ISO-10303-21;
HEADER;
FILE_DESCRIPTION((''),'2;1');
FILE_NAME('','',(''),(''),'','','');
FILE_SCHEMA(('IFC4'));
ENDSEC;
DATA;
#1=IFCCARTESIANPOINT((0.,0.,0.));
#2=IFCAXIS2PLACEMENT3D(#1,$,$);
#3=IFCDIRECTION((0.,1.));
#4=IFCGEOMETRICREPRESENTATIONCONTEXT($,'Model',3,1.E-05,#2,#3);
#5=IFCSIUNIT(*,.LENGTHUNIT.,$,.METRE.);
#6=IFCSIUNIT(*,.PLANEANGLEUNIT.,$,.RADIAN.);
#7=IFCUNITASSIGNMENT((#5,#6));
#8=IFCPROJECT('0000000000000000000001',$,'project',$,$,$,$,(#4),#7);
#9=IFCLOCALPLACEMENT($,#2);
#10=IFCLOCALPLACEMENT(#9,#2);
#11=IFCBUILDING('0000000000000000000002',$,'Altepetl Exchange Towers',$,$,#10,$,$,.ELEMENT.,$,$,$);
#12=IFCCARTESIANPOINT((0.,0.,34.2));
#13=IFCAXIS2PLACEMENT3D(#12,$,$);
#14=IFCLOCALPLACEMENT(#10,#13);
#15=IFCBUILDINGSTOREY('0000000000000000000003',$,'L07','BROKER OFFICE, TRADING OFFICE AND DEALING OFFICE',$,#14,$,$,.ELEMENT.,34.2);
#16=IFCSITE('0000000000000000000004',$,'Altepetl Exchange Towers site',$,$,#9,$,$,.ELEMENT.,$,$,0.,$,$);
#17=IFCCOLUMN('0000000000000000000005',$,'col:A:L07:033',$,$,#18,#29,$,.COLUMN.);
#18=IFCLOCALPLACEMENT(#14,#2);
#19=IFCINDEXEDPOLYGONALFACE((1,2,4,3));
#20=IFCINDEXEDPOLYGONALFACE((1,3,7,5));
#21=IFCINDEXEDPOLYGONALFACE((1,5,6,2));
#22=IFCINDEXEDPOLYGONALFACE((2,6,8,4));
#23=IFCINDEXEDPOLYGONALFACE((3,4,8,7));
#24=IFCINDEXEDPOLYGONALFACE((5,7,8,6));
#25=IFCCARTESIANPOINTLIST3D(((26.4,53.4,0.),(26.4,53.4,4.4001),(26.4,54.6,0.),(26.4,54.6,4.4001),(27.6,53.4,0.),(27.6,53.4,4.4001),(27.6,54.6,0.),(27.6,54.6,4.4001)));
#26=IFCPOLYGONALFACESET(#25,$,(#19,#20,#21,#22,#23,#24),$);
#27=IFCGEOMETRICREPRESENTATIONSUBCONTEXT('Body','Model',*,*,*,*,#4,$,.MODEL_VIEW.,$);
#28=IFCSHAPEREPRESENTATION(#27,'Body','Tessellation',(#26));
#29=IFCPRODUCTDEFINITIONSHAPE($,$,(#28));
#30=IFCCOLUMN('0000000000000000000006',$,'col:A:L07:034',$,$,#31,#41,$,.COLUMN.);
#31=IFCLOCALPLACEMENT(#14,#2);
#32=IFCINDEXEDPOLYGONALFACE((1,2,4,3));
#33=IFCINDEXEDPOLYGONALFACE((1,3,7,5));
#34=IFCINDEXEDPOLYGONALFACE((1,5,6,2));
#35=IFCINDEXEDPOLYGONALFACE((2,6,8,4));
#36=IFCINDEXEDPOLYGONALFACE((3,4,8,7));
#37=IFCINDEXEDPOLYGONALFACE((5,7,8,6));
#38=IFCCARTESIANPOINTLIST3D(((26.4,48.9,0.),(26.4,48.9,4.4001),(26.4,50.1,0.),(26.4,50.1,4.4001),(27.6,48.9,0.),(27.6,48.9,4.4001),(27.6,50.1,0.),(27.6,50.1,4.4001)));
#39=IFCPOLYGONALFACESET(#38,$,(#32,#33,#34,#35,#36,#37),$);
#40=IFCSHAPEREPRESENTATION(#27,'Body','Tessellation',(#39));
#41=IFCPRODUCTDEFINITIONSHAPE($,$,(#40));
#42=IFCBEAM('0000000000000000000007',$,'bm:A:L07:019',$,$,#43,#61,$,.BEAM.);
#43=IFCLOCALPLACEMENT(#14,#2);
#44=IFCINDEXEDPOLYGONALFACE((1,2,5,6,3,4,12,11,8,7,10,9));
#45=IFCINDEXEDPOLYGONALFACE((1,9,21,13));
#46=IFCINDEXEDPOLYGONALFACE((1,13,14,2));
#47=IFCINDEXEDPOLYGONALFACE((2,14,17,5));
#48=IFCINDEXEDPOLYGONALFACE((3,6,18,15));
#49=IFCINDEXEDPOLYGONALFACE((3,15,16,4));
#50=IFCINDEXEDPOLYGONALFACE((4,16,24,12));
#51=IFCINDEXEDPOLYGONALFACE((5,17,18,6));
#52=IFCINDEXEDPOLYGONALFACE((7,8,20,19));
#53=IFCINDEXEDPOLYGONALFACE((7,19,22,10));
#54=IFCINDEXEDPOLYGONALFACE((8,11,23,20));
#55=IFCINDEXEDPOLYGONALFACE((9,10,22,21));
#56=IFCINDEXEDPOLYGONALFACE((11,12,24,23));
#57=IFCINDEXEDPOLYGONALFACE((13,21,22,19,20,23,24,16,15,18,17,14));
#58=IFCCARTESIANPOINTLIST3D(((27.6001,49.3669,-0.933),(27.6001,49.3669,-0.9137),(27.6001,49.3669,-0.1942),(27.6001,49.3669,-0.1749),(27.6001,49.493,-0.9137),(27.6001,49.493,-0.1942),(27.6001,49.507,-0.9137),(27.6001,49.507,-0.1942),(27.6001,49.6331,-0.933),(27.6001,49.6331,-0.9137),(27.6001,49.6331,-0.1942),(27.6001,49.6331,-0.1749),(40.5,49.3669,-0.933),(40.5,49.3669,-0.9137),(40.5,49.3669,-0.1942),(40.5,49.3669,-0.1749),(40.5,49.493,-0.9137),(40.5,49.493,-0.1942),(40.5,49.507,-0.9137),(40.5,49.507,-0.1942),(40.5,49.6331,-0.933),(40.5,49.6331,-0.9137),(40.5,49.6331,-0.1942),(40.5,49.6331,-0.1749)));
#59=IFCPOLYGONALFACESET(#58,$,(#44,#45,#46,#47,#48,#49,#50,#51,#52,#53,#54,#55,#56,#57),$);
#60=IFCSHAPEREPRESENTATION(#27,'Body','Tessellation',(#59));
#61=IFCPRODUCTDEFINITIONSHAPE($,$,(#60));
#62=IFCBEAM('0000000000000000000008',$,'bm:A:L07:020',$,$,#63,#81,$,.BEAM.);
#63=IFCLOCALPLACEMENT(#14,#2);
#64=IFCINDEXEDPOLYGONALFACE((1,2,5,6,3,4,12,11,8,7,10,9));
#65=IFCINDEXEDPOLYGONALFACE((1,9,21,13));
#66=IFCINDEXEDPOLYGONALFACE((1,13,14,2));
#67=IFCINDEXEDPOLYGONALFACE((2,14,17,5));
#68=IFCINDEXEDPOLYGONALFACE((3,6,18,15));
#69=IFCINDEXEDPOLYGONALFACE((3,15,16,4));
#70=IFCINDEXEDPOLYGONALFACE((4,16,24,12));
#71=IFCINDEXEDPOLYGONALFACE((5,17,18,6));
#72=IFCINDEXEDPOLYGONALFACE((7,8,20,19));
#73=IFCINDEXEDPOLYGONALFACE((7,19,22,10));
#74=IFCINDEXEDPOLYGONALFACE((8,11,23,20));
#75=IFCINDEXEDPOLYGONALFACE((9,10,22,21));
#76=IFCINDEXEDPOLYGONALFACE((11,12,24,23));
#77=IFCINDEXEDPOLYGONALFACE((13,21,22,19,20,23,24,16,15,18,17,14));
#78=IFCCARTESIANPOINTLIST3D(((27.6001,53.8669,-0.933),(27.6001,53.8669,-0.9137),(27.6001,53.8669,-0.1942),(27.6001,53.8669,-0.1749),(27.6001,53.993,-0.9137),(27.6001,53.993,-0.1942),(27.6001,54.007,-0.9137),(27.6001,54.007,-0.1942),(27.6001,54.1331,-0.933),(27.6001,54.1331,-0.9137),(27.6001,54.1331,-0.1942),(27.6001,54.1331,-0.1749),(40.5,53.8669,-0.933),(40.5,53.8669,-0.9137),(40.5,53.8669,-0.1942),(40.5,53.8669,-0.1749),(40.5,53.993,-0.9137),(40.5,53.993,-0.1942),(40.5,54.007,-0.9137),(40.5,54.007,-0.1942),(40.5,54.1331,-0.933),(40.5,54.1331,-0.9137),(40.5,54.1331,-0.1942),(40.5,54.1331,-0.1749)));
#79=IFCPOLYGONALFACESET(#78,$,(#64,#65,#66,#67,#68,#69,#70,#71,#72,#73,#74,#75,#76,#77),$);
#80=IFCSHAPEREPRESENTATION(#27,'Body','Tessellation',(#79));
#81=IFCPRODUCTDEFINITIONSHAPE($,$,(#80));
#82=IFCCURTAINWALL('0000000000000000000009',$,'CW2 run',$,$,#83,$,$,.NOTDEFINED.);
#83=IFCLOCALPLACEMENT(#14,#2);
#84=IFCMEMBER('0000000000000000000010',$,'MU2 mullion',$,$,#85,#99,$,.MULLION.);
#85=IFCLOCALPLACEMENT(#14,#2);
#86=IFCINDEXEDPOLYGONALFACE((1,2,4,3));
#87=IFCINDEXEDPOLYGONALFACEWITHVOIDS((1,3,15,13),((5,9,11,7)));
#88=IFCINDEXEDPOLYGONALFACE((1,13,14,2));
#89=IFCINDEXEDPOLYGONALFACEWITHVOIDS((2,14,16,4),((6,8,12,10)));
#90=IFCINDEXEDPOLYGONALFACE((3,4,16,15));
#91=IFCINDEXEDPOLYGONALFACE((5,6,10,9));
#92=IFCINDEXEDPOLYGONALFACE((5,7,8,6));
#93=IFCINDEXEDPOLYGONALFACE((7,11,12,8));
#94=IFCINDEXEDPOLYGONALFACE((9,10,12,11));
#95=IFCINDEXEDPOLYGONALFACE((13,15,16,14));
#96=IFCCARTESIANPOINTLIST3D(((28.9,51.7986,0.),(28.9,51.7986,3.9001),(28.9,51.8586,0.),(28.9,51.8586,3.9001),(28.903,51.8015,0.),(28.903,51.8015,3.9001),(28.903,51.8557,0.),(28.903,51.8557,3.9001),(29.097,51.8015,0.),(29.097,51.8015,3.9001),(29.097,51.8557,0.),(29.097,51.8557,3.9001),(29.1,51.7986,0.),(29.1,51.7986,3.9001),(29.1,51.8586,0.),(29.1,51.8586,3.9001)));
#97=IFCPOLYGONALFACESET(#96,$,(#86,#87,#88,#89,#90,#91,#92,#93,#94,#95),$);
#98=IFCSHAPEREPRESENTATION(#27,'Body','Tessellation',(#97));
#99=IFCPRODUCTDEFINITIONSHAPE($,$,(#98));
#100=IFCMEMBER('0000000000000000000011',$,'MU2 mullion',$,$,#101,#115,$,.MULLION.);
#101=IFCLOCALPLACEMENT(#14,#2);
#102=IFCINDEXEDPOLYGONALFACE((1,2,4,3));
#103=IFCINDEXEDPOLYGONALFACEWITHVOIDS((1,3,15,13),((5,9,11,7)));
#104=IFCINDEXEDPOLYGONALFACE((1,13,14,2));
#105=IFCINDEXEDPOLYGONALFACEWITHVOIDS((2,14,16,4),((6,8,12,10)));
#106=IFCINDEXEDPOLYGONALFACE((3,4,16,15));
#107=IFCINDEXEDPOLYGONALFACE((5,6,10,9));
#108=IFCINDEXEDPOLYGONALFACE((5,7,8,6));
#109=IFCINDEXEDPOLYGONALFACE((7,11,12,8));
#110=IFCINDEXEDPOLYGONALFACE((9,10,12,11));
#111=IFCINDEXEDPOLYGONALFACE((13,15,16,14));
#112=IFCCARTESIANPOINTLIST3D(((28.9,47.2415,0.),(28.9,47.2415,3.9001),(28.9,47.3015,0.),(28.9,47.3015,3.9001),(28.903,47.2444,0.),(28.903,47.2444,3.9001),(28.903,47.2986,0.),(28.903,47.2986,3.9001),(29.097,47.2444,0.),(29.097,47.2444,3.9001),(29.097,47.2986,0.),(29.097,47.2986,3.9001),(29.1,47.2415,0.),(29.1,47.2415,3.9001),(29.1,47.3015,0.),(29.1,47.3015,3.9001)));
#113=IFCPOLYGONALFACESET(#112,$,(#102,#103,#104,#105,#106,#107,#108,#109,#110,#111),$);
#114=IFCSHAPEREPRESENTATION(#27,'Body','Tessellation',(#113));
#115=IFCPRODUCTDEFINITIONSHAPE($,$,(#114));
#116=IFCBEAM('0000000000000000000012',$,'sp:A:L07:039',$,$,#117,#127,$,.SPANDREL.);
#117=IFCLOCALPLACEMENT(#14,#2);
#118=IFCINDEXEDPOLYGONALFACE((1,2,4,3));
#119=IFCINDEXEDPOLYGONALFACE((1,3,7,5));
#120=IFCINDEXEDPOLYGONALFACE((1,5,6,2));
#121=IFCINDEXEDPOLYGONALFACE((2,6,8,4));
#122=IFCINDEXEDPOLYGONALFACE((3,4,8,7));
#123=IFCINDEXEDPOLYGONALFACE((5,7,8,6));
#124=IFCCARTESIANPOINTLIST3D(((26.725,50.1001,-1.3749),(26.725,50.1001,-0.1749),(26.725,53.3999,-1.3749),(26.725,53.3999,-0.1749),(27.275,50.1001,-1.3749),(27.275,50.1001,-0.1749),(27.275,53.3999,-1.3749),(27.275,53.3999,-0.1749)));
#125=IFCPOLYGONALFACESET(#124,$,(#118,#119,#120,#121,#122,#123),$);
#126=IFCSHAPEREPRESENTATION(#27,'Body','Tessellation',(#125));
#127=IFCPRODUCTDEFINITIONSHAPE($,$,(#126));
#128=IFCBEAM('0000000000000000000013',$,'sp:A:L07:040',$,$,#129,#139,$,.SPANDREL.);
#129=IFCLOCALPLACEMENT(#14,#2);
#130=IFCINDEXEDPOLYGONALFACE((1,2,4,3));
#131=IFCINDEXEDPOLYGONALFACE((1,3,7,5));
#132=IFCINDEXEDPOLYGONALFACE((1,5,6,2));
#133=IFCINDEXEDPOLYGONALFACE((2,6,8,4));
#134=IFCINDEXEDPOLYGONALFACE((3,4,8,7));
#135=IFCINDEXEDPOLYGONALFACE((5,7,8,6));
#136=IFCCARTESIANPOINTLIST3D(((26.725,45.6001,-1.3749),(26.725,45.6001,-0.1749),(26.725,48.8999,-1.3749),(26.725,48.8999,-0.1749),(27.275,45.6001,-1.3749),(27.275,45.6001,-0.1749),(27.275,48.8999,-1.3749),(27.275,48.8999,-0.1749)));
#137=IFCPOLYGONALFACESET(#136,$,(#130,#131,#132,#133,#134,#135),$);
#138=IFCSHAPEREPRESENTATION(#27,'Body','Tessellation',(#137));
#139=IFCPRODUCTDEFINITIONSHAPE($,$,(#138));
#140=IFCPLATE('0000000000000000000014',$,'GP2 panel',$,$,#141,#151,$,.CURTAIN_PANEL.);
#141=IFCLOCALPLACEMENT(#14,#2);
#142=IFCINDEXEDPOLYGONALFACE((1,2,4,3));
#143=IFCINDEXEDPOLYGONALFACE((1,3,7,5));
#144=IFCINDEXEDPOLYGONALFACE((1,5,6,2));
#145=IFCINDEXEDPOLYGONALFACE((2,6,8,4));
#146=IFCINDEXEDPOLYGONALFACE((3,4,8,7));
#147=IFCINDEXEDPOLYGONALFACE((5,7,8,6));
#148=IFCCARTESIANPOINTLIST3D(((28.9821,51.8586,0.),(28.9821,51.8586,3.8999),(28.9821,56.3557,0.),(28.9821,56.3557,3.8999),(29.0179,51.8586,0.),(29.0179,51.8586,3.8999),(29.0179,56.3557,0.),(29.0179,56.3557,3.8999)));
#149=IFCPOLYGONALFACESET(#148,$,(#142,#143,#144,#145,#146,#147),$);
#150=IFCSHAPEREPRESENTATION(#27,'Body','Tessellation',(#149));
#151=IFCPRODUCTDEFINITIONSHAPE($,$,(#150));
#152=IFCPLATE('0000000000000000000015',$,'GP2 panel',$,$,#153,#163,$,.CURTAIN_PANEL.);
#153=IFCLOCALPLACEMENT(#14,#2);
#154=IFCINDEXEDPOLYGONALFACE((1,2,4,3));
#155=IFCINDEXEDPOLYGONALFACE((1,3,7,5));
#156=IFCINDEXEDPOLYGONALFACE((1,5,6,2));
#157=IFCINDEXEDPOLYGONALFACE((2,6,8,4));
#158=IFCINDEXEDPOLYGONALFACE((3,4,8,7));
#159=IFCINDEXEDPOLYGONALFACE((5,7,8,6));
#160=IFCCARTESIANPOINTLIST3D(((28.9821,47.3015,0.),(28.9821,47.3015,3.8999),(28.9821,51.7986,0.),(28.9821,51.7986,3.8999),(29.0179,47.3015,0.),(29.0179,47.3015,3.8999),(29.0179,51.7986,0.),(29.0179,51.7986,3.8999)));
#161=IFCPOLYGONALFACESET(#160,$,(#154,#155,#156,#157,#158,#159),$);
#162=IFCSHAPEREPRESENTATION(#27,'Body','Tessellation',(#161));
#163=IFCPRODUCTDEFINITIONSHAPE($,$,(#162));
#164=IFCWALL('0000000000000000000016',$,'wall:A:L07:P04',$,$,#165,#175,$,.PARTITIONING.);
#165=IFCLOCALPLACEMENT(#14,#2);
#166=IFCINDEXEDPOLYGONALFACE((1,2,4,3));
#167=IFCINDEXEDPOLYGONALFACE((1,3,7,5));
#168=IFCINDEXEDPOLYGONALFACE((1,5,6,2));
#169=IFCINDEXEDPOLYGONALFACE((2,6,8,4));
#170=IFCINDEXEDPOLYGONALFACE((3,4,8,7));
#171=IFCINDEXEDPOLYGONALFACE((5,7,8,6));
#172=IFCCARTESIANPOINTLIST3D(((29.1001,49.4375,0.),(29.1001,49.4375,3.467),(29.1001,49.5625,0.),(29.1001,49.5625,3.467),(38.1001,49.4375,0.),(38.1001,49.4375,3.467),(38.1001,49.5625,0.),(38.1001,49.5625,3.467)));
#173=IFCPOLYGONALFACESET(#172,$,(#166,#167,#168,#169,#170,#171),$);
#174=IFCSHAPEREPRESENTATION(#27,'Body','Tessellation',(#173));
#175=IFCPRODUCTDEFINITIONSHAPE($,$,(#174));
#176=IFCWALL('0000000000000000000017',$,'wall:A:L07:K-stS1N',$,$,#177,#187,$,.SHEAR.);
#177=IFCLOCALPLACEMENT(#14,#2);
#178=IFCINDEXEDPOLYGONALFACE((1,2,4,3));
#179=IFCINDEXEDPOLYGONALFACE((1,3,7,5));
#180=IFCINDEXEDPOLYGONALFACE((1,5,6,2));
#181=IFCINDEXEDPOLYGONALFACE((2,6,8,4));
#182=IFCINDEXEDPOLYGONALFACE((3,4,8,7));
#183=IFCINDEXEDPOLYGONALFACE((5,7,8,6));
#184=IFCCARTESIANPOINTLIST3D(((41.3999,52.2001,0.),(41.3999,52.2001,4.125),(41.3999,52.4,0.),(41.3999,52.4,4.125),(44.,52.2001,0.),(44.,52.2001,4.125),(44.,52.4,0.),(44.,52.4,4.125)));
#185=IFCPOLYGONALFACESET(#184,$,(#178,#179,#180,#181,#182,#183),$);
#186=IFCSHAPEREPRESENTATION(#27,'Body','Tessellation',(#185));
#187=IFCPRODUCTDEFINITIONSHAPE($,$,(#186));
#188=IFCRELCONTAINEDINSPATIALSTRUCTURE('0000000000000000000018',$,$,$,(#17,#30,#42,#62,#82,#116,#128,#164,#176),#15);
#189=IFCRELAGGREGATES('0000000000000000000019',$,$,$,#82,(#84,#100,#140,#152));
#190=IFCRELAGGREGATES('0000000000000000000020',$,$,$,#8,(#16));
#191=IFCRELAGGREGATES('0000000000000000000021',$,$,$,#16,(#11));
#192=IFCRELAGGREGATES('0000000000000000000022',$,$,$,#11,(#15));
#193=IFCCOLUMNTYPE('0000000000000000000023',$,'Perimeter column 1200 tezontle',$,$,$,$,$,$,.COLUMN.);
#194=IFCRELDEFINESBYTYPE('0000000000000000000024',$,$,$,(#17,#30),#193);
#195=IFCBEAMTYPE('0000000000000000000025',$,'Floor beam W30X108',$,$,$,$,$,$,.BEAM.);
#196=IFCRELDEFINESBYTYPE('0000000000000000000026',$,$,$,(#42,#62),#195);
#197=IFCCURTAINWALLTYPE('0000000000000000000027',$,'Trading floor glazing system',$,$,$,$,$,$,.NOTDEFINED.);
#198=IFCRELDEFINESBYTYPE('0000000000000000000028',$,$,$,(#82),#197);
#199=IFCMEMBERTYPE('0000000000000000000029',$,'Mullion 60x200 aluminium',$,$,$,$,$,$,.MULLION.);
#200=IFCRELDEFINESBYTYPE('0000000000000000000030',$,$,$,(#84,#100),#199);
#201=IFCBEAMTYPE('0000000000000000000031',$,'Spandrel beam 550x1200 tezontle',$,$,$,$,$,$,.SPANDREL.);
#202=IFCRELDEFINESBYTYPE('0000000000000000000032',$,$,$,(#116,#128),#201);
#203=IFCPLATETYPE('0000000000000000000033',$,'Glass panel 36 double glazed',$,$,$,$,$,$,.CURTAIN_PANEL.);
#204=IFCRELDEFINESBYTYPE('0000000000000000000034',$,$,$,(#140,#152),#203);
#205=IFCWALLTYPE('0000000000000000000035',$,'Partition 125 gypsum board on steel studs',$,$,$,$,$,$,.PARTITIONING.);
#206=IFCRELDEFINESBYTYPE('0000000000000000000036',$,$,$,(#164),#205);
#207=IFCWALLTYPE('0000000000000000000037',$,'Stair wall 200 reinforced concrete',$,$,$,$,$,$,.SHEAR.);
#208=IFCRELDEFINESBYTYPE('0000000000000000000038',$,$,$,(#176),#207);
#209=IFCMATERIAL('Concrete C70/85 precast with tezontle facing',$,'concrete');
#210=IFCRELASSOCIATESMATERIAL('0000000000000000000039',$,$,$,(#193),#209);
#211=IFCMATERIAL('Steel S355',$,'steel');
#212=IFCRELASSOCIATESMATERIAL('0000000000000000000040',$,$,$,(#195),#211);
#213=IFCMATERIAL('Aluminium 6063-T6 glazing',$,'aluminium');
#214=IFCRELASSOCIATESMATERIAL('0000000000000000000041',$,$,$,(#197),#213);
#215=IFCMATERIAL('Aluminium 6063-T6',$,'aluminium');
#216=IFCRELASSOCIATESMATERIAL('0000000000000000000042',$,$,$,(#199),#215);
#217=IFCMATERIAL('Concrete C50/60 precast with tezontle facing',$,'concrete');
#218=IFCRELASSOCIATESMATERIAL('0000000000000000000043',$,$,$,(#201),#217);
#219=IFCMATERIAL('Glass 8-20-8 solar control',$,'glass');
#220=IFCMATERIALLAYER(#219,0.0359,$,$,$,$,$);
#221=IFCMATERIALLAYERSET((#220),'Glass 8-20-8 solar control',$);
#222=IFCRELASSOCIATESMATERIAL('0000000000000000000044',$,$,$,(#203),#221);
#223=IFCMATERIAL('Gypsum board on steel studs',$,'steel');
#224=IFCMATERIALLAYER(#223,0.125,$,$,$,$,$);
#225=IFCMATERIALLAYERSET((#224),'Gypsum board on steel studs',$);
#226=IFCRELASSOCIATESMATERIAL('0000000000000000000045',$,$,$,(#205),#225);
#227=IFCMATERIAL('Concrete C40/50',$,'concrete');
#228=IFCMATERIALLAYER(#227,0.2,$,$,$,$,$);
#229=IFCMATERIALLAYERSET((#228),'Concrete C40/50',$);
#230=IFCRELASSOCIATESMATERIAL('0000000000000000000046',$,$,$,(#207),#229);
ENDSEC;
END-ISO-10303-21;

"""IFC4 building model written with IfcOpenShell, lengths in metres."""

from ifc_helpers import new_model, si_unit, direction, frame, frame_2d, origin, origin_2d, place, context, subcontext, project, spatial, rectangle, hollow_rectangle, i_section, extrude, material, layer, layer_set, material_profile, profile_set, type_object, element, aggregate, save


model = new_model("IFC4")

# Units and contexts
model_context = context("Model", 3, precision=1e-05, world=origin(), true_north=direction((0.0, 1.0)))
body_context = subcontext(model_context, "Body", "Model", "MODEL_VIEW")
ifc_project = project(units=[si_unit("LENGTHUNIT", "METRE"), si_unit("PLANEANGLEUNIT", "RADIAN")], contexts=[model_context])

# Site, building, storey
site_placement = place(None, origin())
site = spatial("IfcSite", under=ifc_project, at=site_placement, Name="Altepetl Exchange Towers site", CompositionType="ELEMENT", RefElevation=0.0)
building_placement = place(site_placement, origin())
building = spatial("IfcBuilding", under=site, at=building_placement, Name="Altepetl Exchange Towers", CompositionType="ELEMENT")
storey_placement = place(building_placement, frame((0.0, 0.0, 34.2)))
storey = spatial("IfcBuildingStorey", under=building, at=storey_placement, Name="L07", Description="BROKER OFFICE, TRADING OFFICE AND DEALING OFFICE", CompositionType="ELEMENT", Elevation=34.2)

# Columns
ifc_material_1 = material(Name="Concrete C70/85 precast with tezontle facing", Category="concrete")
ifc_material_profile_1 = material_profile(ifc_material_1, rectangle(XDim=1.2, YDim=1.2, at=origin_2d()), Name="1200 x 1200")
ifc_profile_set_1 = profile_set([ifc_material_profile_1], Name="Concrete C70/85 precast with tezontle facing")
column_type = type_object("IfcColumnType", Name="Perimeter column 1200 tezontle", PredefinedType="COLUMN", material=ifc_profile_set_1)
for number, where, name in (
    (1, (27.0, 54.0, 0.0), "col:A:L07:033"),
    (2, (27.0, 49.5, 0.0), "col:A:L07:034"),
):
    element("IfcColumn", number, at=place(storey_placement, frame(where)), inside=storey, type_object=column_type, Name=name, PredefinedType="COLUMN", context=body_context, shape_type="SweptSolid", body=[
        extrude(rectangle(XDim=1.2, YDim=1.2, at=origin_2d()), origin(), (0.0, 0.0, 1.0), 4.4001),
    ])

# Beams
ifc_material_2 = material(Name="Steel S355", Category="steel")
ifc_material_profile_2 = material_profile(ifc_material_2, i_section(OverallWidth=0.2661, OverallDepth=0.7581, WebThickness=0.0139, FlangeThickness=0.0193, at=origin_2d()), Name="W30X108")
ifc_profile_set_2 = profile_set([ifc_material_profile_2], Name="Steel S355")
beam_type_1 = type_object("IfcBeamType", Name="Floor beam W30X108", PredefinedType="BEAM", material=ifc_profile_set_2)
for number, where, z_axis, x_axis, name in (
    (3, (27.6001, 49.5, -0.554), (1.0, 0.0, 0.0), (0.0, 1.0, 0.0), "bm:A:L07:019"),
    (4, (27.6001, 54.0, -0.554), (1.0, 0.0, 0.0), (0.0, 1.0, 0.0), "bm:A:L07:020"),
):
    element("IfcBeam", number, at=place(storey_placement, frame(where, z_axis=z_axis, x_axis=x_axis)), inside=storey, type_object=beam_type_1, Name=name, PredefinedType="BEAM", context=body_context, shape_type="SweptSolid", body=[
        extrude(i_section(OverallWidth=0.2661, OverallDepth=0.7581, WebThickness=0.0139, FlangeThickness=0.0193, at=origin_2d()), origin(), (0.0, 0.0, 1.0), 12.8999),
    ])

# Curtain wall, members
ifc_material_3 = material(Name="Aluminium 6063-T6 glazing", Category="aluminium")
curtain_wall_type = type_object("IfcCurtainWallType", Name="Trading floor glazing system", PredefinedType="NOTDEFINED", material=ifc_material_3)
curtain_wall_placement = place(storey_placement, origin())
curtain_wall = element("IfcCurtainWall", 5, at=curtain_wall_placement, inside=storey, type_object=curtain_wall_type, Name="CW2 run", PredefinedType="NOTDEFINED")
ifc_material_4 = material(Name="Aluminium 6063-T6", Category="aluminium")
ifc_material_profile_3 = material_profile(ifc_material_4, hollow_rectangle(XDim=0.0601, YDim=0.2, WallThickness=0.0029, at=origin_2d()), Name="Mullion 60x200 aluminium")
ifc_profile_set_3 = profile_set([ifc_material_profile_3], Name="Aluminium 6063-T6")
member_type = type_object("IfcMemberType", Name="Mullion 60x200 aluminium", PredefinedType="MULLION", material=ifc_profile_set_3)
member_1_placement = place(storey_placement, frame((29.0, 51.8286, 0.0), z_axis=(0.0, 0.0, 1.0), x_axis=(0.0, -1.0, 0.0)))
member_1 = element("IfcMember", 6, at=member_1_placement, type_object=member_type, Name="MU2 mullion", PredefinedType="MULLION", context=body_context, shape_type="SweptSolid", body=[
    extrude(hollow_rectangle(XDim=0.0601, YDim=0.2, WallThickness=0.0029, at=origin_2d()), origin(), (0.0, 0.0, 1.0), 3.9001),
])
member_2_placement = place(storey_placement, frame((29.0, 47.2715, 0.0), z_axis=(0.0, 0.0, 1.0), x_axis=(0.0, -1.0, 0.0)))
member_2 = element("IfcMember", 7, at=member_2_placement, type_object=member_type, Name="MU2 mullion", PredefinedType="MULLION", context=body_context, shape_type="SweptSolid", body=[
    extrude(hollow_rectangle(XDim=0.0601, YDim=0.2, WallThickness=0.0029, at=origin_2d()), origin(), (0.0, 0.0, 1.0), 3.9001),
])

# Beams
ifc_material_5 = material(Name="Concrete C50/60 precast with tezontle facing", Category="concrete")
ifc_material_profile_4 = material_profile(ifc_material_5, rectangle(XDim=0.55, YDim=1.2, at=origin_2d()), Name="550 x 1200")
ifc_profile_set_4 = profile_set([ifc_material_profile_4], Name="Concrete C50/60 precast with tezontle facing")
beam_type_2 = type_object("IfcBeamType", Name="Spandrel beam 550x1200 tezontle", PredefinedType="SPANDREL", material=ifc_profile_set_4)
for number, where, z_axis, x_axis, name in (
    (8, (27.0, 53.3999, -0.7749), (0.0, -1.0, 0.0), (1.0, 0.0, 0.0), "sp:A:L07:039"),
    (9, (27.0, 48.8999, -0.7749), (0.0, -1.0, 0.0), (1.0, 0.0, 0.0), "sp:A:L07:040"),
):
    element("IfcBeam", number, at=place(storey_placement, frame(where, z_axis=z_axis, x_axis=x_axis)), inside=storey, type_object=beam_type_2, Name=name, PredefinedType="SPANDREL", context=body_context, shape_type="SweptSolid", body=[
        extrude(rectangle(XDim=0.55, YDim=1.2, at=origin_2d()), origin(), (0.0, 0.0, 1.0), 3.2998),
    ])

# Plates
ifc_material_6 = material(Name="Glass 8-20-8 solar control", Category="glass")
ifc_layer_1 = layer(ifc_material_6, 0.0359)
ifc_layer_set_1 = layer_set([ifc_layer_1], Name="Glass 8-20-8 solar control")
plate_type = type_object("IfcPlateType", Name="Glass panel 36 double glazed", PredefinedType="CURTAIN_PANEL", material=ifc_layer_set_1)
plate_1_placement = place(storey_placement, frame((29.0, 54.1072, 0.0), z_axis=(0.0, 0.0, 1.0), x_axis=(0.0, -1.0, 0.0)))
plate_1 = element("IfcPlate", 10, at=plate_1_placement, type_object=plate_type, Name="GP2 panel", PredefinedType="CURTAIN_PANEL", context=body_context, shape_type="SweptSolid", body=[
    extrude(rectangle(XDim=4.4971, YDim=0.0359, at=origin_2d()), origin(), (0.0, 0.0, 1.0), 3.8999),
])
plate_2_placement = place(storey_placement, frame((29.0, 49.55, 0.0), z_axis=(0.0, 0.0, 1.0), x_axis=(0.0, -1.0, 0.0)))
plate_2 = element("IfcPlate", 11, at=plate_2_placement, type_object=plate_type, Name="GP2 panel", PredefinedType="CURTAIN_PANEL", context=body_context, shape_type="SweptSolid", body=[
    extrude(rectangle(XDim=4.4971, YDim=0.0359, at=origin_2d()), origin(), (0.0, 0.0, 1.0), 3.8999),
])
aggregate(curtain_wall, [member_1, member_2, plate_1, plate_2])

# Walls
ifc_material_7 = material(Name="Gypsum board on steel studs", Category="steel")
ifc_layer_2 = layer(ifc_material_7, 0.125)
ifc_layer_set_2 = layer_set([ifc_layer_2], Name="Gypsum board on steel studs")
wall_type_1 = type_object("IfcWallType", Name="Partition 125 gypsum board on steel studs", PredefinedType="PARTITIONING", material=ifc_layer_set_2)
wall_1_placement = place(storey_placement, frame((29.1001, 49.5, 0.0)))
element("IfcWall", 12, at=wall_1_placement, inside=storey, type_object=wall_type_1, Name="wall:A:L07:P04", PredefinedType="PARTITIONING", context=body_context, shape_type="SweptSolid", body=[
    extrude(rectangle(XDim=9.0, YDim=0.125, at=frame_2d((4.5, 0.0))), origin(), (0.0, 0.0, 1.0), 3.467),
])
ifc_material_8 = material(Name="Concrete C40/50", Category="concrete")
ifc_layer_3 = layer(ifc_material_8, 0.2)
ifc_layer_set_3 = layer_set([ifc_layer_3], Name="Concrete C40/50")
wall_type_2 = type_object("IfcWallType", Name="Stair wall 200 reinforced concrete", PredefinedType="SHEAR", material=ifc_layer_set_3)
wall_2_placement = place(storey_placement, frame((41.3999, 52.3, 0.0)))
element("IfcWall", 13, at=wall_2_placement, inside=storey, type_object=wall_type_2, Name="wall:A:L07:K-stS1N", PredefinedType="SHEAR", context=body_context, shape_type="SweptSolid", body=[
    extrude(rectangle(XDim=2.6001, YDim=0.2, at=frame_2d((1.3, 0.0))), origin(), (0.0, 0.0, 1.0), 4.125),
])

save(model, "model.ifc")
